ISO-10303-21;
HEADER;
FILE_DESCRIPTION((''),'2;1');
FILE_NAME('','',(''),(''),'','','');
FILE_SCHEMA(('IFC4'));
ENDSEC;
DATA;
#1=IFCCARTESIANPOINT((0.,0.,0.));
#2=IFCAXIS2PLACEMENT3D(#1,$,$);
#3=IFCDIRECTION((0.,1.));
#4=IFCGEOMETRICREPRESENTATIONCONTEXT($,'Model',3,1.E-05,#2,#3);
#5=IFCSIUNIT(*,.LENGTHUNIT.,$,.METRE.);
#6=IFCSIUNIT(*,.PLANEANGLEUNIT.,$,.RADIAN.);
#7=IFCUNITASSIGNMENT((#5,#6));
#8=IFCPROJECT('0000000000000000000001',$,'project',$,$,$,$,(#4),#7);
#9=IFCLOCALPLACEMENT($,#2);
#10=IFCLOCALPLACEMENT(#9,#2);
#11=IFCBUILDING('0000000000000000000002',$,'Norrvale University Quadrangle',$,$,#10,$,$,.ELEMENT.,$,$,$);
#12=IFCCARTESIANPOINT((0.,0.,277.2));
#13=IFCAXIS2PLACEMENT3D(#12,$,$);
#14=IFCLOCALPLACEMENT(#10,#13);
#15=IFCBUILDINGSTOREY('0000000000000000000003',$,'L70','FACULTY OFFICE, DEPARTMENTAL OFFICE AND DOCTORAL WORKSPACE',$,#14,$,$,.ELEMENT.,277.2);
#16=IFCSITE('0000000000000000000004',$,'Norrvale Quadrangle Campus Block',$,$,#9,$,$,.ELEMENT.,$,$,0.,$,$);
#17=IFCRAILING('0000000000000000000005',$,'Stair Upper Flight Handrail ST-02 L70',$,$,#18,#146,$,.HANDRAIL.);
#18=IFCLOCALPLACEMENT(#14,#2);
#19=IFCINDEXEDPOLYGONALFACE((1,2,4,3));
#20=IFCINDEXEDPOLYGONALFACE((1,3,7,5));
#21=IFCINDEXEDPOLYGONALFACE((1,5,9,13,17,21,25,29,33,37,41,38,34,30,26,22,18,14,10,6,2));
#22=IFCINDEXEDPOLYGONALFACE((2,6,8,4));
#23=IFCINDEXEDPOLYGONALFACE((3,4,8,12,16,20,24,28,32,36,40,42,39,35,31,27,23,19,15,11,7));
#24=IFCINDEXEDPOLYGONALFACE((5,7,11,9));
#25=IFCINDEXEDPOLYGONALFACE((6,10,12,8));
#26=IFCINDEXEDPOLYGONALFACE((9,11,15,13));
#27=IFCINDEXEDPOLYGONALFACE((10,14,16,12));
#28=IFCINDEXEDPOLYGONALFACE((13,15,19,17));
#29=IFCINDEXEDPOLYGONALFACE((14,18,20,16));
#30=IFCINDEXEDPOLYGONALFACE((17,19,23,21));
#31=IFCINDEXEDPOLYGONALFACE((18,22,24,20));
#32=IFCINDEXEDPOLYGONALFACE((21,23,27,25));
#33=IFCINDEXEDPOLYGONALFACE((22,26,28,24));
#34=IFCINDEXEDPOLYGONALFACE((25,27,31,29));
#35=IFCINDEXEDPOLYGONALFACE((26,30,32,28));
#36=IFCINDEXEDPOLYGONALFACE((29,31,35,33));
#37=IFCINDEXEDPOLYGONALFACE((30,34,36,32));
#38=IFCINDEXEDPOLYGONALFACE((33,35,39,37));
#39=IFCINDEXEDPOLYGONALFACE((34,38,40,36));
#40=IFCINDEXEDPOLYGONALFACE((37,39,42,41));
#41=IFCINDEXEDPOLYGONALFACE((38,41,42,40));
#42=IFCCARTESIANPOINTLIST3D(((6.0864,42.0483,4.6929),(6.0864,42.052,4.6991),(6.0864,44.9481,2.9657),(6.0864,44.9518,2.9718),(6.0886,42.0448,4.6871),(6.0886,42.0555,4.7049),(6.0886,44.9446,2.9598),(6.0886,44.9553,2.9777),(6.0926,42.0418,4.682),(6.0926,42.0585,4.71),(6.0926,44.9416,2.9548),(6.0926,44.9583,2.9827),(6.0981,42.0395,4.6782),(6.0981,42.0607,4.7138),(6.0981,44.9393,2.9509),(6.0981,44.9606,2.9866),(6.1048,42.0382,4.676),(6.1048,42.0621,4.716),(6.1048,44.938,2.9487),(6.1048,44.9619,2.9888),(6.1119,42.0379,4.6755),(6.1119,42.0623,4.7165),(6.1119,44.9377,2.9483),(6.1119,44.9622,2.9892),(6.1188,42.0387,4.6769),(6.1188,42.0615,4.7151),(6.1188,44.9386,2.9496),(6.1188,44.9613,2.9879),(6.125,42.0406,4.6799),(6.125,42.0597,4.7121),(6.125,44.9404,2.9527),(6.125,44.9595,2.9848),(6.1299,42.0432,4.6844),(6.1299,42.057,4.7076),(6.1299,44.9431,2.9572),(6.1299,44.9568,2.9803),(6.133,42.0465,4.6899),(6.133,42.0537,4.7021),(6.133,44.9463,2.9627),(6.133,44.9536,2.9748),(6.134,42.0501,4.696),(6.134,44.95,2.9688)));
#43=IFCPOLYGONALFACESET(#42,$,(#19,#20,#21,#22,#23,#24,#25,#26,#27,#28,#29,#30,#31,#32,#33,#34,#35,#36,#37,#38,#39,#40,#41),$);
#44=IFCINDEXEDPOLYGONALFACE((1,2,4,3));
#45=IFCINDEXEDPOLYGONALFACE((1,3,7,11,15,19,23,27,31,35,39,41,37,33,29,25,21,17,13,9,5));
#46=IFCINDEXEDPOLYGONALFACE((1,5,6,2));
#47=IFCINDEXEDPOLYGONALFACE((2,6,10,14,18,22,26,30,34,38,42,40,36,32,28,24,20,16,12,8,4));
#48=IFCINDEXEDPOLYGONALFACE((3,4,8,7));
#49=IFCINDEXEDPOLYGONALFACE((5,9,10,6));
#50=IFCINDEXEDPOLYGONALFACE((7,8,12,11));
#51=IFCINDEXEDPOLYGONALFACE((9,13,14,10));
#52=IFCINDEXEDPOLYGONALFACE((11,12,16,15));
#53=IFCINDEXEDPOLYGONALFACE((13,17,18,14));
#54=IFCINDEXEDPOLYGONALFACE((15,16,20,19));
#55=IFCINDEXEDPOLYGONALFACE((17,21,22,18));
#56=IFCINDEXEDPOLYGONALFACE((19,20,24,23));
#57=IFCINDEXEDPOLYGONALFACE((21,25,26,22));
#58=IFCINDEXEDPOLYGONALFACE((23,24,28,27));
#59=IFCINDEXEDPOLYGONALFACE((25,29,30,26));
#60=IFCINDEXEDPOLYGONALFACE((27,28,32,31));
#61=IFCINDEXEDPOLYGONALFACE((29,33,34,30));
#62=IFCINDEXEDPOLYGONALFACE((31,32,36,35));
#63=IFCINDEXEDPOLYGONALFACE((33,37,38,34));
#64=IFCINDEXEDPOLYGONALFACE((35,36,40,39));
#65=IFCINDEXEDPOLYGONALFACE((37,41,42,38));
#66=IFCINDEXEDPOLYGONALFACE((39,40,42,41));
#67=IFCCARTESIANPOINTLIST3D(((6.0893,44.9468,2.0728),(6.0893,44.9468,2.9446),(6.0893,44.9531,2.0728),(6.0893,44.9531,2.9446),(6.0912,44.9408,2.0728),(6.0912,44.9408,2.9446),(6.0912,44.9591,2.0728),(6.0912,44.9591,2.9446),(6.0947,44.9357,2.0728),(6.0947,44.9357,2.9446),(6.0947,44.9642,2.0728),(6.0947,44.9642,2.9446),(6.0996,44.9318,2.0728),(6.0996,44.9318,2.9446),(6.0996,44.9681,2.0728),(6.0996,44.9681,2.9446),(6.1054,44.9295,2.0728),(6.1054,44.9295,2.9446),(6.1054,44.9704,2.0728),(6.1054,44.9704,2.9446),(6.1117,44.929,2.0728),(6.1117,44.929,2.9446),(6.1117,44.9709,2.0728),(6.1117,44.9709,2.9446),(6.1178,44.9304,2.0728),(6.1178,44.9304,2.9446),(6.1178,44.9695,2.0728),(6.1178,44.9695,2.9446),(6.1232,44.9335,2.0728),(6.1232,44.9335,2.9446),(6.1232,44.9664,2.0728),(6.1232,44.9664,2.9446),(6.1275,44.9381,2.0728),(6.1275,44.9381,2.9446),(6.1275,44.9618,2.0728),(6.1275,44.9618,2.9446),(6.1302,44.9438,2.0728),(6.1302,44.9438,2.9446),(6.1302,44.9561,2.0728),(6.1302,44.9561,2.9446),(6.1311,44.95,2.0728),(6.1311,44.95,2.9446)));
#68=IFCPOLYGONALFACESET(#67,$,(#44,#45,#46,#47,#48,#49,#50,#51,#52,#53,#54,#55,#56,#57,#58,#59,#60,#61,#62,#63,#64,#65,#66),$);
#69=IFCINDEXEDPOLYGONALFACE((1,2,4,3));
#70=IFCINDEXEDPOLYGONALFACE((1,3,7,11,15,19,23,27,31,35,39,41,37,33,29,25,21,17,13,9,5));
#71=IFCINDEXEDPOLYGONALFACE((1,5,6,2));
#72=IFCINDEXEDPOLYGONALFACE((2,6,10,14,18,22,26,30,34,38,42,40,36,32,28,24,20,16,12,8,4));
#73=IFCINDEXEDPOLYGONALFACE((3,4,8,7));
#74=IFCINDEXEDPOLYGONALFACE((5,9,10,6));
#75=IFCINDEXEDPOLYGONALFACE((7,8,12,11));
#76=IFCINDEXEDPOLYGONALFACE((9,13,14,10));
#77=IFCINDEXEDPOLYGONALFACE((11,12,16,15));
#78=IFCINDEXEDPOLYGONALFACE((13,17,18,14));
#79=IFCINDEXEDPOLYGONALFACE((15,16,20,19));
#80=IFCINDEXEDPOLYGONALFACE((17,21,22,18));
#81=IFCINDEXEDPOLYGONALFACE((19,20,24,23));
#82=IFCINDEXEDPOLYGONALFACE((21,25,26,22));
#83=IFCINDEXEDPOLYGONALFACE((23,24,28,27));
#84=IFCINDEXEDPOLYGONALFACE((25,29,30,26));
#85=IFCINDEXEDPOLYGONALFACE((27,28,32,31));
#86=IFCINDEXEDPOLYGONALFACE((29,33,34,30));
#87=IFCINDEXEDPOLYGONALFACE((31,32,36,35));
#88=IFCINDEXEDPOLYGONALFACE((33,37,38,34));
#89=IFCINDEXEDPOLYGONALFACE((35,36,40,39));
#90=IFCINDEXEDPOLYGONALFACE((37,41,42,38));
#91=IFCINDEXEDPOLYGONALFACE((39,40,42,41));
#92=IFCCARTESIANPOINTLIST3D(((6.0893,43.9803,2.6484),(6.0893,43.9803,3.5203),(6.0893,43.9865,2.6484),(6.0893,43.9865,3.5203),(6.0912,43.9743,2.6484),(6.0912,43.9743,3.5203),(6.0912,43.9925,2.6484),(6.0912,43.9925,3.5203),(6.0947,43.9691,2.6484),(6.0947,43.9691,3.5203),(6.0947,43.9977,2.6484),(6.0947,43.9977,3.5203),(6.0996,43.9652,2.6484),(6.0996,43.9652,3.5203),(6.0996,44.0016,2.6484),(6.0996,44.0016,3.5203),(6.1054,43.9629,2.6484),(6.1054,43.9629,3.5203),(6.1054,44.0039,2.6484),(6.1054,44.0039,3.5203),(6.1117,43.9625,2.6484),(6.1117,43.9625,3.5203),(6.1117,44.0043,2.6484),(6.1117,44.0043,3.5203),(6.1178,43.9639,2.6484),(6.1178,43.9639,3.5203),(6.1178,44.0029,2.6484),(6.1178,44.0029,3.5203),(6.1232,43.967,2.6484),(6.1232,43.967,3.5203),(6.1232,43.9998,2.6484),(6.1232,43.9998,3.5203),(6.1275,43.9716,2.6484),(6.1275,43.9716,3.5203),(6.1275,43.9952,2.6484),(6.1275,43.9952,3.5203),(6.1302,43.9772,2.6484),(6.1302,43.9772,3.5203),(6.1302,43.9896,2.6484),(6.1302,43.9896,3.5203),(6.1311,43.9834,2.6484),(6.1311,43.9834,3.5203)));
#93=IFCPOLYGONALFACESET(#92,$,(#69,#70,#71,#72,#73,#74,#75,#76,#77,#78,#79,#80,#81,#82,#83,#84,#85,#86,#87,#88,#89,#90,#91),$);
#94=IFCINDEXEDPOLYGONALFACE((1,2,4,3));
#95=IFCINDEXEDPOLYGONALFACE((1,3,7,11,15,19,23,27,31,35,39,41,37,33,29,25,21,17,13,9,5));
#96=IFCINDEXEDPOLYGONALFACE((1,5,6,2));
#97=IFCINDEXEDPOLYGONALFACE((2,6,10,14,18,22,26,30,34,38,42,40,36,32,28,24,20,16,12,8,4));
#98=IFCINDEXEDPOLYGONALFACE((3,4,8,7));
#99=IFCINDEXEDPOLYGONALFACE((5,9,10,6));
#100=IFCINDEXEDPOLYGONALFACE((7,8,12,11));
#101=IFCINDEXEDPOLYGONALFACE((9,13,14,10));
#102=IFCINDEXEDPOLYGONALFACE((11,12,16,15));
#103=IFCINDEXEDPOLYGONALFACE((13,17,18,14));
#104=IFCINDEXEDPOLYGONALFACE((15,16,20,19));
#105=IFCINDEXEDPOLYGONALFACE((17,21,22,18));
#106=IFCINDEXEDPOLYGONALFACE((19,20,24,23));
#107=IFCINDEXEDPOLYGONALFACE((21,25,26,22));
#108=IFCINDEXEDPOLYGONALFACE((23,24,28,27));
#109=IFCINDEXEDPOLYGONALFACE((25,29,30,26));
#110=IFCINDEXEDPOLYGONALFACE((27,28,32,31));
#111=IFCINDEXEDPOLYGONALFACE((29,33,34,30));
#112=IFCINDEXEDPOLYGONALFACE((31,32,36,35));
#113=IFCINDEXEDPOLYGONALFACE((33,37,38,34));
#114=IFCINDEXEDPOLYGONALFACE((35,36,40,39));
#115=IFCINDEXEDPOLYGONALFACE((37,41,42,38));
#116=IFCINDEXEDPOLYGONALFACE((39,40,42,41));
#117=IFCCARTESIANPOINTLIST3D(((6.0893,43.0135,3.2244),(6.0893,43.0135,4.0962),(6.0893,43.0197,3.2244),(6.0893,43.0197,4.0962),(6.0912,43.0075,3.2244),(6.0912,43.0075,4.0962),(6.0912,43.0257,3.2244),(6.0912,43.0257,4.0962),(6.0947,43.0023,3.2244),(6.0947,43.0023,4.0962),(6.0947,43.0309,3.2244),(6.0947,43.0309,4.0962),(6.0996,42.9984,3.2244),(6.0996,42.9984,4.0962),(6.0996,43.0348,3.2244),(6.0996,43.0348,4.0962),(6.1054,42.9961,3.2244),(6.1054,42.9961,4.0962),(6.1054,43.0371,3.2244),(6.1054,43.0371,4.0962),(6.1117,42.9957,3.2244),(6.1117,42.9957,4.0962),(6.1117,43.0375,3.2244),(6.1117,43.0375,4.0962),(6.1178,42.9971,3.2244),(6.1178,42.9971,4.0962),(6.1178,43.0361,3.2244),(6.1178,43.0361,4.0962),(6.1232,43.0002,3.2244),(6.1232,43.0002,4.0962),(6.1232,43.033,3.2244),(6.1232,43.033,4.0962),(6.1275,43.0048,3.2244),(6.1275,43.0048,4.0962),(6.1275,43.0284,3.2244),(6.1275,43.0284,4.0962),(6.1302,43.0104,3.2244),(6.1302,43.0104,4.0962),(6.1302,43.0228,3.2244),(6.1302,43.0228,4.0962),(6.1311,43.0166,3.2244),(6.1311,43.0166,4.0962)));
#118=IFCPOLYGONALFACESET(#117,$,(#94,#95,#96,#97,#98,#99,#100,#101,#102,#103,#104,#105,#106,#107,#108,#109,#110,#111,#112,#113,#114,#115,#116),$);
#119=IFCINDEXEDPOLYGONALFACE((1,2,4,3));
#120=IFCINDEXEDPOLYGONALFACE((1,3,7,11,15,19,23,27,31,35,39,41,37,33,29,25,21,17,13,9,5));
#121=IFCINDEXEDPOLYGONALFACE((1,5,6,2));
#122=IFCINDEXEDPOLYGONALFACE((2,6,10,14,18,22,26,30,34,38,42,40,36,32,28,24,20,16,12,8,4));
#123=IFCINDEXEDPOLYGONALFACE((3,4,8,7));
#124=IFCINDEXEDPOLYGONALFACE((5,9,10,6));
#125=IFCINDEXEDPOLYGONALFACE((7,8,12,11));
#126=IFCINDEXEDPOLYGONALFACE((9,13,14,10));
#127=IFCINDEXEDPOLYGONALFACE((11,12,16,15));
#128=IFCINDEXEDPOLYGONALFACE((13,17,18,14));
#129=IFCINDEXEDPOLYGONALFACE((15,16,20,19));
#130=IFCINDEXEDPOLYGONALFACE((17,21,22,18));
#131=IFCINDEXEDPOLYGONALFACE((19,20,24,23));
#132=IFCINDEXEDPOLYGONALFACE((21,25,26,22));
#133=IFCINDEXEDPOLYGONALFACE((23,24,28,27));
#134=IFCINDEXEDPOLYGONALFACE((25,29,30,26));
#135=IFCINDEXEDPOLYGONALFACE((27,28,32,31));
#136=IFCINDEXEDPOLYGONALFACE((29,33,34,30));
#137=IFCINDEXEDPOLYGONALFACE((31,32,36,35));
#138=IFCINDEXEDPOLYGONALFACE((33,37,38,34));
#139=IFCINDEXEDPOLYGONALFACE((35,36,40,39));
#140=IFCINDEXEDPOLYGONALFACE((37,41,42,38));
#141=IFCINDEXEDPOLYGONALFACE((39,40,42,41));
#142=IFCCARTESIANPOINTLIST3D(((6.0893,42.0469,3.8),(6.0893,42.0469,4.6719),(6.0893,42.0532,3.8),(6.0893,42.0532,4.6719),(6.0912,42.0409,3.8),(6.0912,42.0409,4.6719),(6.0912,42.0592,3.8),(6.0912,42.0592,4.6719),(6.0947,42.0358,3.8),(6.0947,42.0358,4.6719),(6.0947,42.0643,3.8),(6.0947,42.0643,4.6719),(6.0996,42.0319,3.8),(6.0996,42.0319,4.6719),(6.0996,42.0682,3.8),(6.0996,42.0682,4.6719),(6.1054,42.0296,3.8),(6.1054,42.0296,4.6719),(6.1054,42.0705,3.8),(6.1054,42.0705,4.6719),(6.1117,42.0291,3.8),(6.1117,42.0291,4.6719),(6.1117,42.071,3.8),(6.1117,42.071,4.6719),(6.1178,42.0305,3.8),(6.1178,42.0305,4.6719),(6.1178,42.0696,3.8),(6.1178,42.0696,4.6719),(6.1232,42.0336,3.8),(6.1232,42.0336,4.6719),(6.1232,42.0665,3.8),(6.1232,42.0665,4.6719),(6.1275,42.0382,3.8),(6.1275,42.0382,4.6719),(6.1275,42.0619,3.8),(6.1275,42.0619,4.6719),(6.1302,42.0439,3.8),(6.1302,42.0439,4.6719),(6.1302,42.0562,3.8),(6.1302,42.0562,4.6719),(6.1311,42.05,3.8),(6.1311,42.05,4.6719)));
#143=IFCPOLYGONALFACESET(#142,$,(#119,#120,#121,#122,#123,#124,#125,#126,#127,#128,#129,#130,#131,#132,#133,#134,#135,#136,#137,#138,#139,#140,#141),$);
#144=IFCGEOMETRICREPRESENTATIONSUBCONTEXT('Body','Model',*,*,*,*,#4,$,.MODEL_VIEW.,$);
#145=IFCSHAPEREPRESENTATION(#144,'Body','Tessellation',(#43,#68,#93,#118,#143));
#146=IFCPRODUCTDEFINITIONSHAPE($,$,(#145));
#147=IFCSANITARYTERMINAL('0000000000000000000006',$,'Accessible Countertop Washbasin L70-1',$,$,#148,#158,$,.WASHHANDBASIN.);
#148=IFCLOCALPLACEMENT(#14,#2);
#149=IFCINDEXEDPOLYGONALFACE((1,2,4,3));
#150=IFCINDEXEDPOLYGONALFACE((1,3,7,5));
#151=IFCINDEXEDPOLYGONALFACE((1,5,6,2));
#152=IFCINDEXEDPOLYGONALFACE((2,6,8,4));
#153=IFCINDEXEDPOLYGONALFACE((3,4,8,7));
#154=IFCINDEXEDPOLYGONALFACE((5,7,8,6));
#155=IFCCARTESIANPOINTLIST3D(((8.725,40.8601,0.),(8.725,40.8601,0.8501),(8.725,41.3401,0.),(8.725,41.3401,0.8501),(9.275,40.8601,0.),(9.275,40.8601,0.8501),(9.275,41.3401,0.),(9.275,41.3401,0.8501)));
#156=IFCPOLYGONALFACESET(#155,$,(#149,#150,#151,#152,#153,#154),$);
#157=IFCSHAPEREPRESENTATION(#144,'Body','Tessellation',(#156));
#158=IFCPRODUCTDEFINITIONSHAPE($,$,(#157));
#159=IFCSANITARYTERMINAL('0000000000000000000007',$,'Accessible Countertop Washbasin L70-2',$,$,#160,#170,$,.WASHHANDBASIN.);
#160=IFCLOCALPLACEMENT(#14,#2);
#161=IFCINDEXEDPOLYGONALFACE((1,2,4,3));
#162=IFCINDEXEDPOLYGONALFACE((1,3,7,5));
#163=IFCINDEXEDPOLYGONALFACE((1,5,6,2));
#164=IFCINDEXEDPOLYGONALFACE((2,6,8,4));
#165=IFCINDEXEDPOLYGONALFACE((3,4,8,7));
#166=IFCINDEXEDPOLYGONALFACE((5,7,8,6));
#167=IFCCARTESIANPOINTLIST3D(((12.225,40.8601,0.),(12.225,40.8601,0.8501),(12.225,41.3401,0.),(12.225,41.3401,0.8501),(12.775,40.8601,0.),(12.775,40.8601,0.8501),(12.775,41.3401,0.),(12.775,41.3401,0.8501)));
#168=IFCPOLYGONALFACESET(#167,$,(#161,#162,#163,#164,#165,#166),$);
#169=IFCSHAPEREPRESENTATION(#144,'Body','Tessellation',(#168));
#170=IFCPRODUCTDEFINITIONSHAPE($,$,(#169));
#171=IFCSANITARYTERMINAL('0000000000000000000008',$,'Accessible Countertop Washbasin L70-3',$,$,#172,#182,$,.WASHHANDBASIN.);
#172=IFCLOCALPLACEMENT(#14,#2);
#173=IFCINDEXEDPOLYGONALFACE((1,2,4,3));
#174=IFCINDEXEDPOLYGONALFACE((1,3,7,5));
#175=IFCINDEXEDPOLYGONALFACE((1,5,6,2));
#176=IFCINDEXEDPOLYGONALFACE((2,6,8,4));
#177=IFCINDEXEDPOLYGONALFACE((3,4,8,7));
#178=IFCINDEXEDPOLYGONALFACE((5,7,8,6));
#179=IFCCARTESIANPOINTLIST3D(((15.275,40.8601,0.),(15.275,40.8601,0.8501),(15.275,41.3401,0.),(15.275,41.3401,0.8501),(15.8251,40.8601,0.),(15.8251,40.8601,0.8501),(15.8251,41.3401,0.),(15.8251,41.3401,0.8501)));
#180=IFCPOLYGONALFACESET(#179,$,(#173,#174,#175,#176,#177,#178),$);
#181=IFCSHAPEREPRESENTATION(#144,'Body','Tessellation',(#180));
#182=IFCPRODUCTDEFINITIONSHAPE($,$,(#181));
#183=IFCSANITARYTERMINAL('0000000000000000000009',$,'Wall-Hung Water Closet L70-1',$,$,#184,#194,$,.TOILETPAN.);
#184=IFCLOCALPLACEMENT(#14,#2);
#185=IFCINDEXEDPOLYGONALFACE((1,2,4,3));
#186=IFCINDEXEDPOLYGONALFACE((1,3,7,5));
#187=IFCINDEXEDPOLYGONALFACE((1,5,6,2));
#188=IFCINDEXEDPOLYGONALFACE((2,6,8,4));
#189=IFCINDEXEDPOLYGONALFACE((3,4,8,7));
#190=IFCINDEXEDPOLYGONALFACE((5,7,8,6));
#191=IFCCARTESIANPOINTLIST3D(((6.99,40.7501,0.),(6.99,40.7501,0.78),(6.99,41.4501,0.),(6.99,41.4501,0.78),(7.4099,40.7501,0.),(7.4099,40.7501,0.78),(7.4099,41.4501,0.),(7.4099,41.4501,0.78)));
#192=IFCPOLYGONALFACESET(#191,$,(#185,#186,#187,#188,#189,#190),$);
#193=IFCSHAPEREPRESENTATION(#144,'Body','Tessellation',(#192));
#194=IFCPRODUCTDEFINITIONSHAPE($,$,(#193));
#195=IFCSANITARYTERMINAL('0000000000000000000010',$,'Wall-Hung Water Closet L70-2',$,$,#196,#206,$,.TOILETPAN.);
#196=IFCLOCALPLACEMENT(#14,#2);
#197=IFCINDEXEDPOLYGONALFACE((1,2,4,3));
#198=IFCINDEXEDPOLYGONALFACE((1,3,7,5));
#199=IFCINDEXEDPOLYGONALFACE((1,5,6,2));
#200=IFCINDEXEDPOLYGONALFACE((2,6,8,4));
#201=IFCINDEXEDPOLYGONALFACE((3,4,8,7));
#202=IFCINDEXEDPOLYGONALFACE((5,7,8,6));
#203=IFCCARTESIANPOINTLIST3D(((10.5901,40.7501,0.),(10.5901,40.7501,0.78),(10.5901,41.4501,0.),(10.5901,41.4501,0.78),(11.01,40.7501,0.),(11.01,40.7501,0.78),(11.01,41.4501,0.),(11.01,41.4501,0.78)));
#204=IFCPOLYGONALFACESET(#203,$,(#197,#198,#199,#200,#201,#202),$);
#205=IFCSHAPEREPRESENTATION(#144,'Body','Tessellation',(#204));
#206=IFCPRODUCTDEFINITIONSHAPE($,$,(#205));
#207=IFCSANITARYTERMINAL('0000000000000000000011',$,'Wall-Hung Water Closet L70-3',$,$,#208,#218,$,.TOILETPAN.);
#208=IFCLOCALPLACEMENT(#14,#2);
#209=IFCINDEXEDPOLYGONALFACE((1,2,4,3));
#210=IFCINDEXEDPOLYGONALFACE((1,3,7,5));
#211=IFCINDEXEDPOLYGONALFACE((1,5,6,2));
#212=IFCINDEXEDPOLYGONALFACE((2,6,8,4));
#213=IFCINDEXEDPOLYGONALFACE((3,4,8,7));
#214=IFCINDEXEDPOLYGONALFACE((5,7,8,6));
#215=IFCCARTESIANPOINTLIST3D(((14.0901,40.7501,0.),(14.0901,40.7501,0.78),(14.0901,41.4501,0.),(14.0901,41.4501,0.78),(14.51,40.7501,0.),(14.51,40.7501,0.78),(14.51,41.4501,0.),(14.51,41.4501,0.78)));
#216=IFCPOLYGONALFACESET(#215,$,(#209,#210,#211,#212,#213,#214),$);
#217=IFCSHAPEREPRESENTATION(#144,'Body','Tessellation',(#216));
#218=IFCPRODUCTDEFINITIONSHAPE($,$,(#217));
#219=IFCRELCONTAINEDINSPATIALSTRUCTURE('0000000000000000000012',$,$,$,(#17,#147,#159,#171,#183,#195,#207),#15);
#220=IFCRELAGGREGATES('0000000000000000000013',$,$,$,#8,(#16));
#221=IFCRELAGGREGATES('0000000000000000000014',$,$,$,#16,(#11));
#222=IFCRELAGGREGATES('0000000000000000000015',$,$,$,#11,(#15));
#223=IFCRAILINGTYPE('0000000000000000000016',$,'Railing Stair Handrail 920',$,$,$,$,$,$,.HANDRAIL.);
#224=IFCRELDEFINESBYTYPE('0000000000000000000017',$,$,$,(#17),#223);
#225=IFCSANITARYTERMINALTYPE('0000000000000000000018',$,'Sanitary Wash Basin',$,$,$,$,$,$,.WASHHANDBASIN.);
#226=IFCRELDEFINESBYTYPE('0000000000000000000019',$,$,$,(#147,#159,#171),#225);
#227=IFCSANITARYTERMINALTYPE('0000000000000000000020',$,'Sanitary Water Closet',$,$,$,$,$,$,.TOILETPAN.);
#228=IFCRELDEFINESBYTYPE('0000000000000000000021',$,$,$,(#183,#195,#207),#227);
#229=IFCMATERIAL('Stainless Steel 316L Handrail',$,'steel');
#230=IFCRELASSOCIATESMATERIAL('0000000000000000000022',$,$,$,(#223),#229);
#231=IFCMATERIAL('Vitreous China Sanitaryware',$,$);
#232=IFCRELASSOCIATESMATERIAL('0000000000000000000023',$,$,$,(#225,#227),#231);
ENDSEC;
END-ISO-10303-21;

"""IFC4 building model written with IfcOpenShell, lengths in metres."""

from ifc_helpers import new_model, si_unit, direction, frame, origin, origin_2d, place, context, subcontext, project, spatial, rectangle, circle, extrude, material, type_object, element, save


model = new_model("IFC4")

# Units and contexts
model_context = context("Model", 3, precision=1e-05, world=origin(), true_north=direction((0.0, 1.0)))
body_context = subcontext(model_context, "Body", "Model", "MODEL_VIEW")
ifc_project = project(units=[si_unit("LENGTHUNIT", "METRE"), si_unit("PLANEANGLEUNIT", "RADIAN")], contexts=[model_context])

# Site, building, storey
site_placement = place(None, origin())
site = spatial("IfcSite", under=ifc_project, at=site_placement, Name="Norrvale Quadrangle Campus Block", CompositionType="ELEMENT", RefElevation=0.0)
building_placement = place(site_placement, origin())
building = spatial("IfcBuilding", under=site, at=building_placement, Name="Norrvale University Quadrangle", CompositionType="ELEMENT")
storey_placement = place(building_placement, frame((0.0, 0.0, 277.2)))
storey = spatial("IfcBuildingStorey", under=building, at=storey_placement, Name="L70", Description="FACULTY OFFICE, DEPARTMENTAL OFFICE AND DOCTORAL WORKSPACE", CompositionType="ELEMENT", Elevation=277.2)

# Railing
ifc_material_1 = material(Name="Stainless Steel 316L Handrail", Category="steel")
railing_type_1 = type_object("IfcRailingType", Name="Railing Stair Handrail 920", PredefinedType="HANDRAIL", material=ifc_material_1)
railing_1_placement = place(storey_placement, frame((6.1101, 44.95, 2.0728)))
element("IfcRailing", 1, at=railing_1_placement, inside=storey, type_object=railing_type_1, Name="Stair Upper Flight Handrail ST-02 L70", PredefinedType="HANDRAIL", context=body_context, shape_type="SweptSolid", body=[
    extrude(circle(Radius=0.0239, at=origin_2d()), frame((0.0, 0.0, 0.896), z_axis=(0.0, -0.859141, 0.511738), x_axis=(1.0, 0.0, 0.0)), (0.0, 0.0, 1.0), 3.3752),
    extrude(circle(Radius=0.021, at=origin_2d()), origin(), (0.0, 0.0, 1.0), 0.8718),
    extrude(circle(Radius=0.021, at=origin_2d()), frame((0.0, -0.9666, 0.5757)), (0.0, 0.0, 1.0), 0.8718),
    extrude(circle(Radius=0.021, at=origin_2d()), frame((0.0, -1.9333, 1.1516)), (0.0, 0.0, 1.0), 0.8718),
    extrude(circle(Radius=0.021, at=origin_2d()), frame((0.0, -2.8999, 1.7273)), (0.0, 0.0, 1.0), 0.8718),
])

# Sanitary terminals
ifc_material_2 = material(Name="Vitreous China Sanitaryware")
sanitary_terminal_type_1 = type_object("IfcSanitaryTerminalType", Name="Sanitary Wash Basin", PredefinedType="WASHHANDBASIN", material=ifc_material_2)
for number, where, z_axis, x_axis, name in (
    (2, (9.0, 41.1001, 0.0), (0.0, 0.0, 1.0), (1.0, 0.0, 0.0), "Accessible Countertop Washbasin L70-1"),
    (3, (12.5, 41.1001, 0.0), (0.0, 0.0, 1.0), (1.0, 0.0, 0.0), "Accessible Countertop Washbasin L70-2"),
    (4, (15.55, 41.1001, 0.0), (0.0, 0.0, 1.0), (1.0, 0.0, 0.0), "Accessible Countertop Washbasin L70-3"),
):
    element("IfcSanitaryTerminal", number, at=place(storey_placement, frame(where, z_axis=z_axis, x_axis=x_axis)), inside=storey, type_object=sanitary_terminal_type_1, Name=name, PredefinedType="WASHHANDBASIN", context=body_context, shape_type="SweptSolid", body=[
        extrude(rectangle(XDim=0.55, YDim=0.48, at=origin_2d()), origin(), (0.0, 0.0, 1.0), 0.8501),
    ])
sanitary_terminal_type_2 = type_object("IfcSanitaryTerminalType", Name="Sanitary Water Closet", PredefinedType="TOILETPAN", material=ifc_material_2)
for number, where, z_axis, x_axis, name in (
    (5, (7.2, 41.1001, 0.0), (0.0, 0.0, 1.0), (1.0, 0.0, 0.0), "Wall-Hung Water Closet L70-1"),
    (6, (10.8, 41.1001, 0.0), (0.0, 0.0, 1.0), (1.0, 0.0, 0.0), "Wall-Hung Water Closet L70-2"),
    (7, (14.3, 41.1001, 0.0), (0.0, 0.0, 1.0), (1.0, 0.0, 0.0), "Wall-Hung Water Closet L70-3"),
):
    element("IfcSanitaryTerminal", number, at=place(storey_placement, frame(where, z_axis=z_axis, x_axis=x_axis)), inside=storey, type_object=sanitary_terminal_type_2, Name=name, PredefinedType="TOILETPAN", context=body_context, shape_type="SweptSolid", body=[
        extrude(rectangle(XDim=0.4199, YDim=0.7, at=origin_2d()), origin(), (0.0, 0.0, 1.0), 0.78),
    ])

save(model, "model.ifc")
